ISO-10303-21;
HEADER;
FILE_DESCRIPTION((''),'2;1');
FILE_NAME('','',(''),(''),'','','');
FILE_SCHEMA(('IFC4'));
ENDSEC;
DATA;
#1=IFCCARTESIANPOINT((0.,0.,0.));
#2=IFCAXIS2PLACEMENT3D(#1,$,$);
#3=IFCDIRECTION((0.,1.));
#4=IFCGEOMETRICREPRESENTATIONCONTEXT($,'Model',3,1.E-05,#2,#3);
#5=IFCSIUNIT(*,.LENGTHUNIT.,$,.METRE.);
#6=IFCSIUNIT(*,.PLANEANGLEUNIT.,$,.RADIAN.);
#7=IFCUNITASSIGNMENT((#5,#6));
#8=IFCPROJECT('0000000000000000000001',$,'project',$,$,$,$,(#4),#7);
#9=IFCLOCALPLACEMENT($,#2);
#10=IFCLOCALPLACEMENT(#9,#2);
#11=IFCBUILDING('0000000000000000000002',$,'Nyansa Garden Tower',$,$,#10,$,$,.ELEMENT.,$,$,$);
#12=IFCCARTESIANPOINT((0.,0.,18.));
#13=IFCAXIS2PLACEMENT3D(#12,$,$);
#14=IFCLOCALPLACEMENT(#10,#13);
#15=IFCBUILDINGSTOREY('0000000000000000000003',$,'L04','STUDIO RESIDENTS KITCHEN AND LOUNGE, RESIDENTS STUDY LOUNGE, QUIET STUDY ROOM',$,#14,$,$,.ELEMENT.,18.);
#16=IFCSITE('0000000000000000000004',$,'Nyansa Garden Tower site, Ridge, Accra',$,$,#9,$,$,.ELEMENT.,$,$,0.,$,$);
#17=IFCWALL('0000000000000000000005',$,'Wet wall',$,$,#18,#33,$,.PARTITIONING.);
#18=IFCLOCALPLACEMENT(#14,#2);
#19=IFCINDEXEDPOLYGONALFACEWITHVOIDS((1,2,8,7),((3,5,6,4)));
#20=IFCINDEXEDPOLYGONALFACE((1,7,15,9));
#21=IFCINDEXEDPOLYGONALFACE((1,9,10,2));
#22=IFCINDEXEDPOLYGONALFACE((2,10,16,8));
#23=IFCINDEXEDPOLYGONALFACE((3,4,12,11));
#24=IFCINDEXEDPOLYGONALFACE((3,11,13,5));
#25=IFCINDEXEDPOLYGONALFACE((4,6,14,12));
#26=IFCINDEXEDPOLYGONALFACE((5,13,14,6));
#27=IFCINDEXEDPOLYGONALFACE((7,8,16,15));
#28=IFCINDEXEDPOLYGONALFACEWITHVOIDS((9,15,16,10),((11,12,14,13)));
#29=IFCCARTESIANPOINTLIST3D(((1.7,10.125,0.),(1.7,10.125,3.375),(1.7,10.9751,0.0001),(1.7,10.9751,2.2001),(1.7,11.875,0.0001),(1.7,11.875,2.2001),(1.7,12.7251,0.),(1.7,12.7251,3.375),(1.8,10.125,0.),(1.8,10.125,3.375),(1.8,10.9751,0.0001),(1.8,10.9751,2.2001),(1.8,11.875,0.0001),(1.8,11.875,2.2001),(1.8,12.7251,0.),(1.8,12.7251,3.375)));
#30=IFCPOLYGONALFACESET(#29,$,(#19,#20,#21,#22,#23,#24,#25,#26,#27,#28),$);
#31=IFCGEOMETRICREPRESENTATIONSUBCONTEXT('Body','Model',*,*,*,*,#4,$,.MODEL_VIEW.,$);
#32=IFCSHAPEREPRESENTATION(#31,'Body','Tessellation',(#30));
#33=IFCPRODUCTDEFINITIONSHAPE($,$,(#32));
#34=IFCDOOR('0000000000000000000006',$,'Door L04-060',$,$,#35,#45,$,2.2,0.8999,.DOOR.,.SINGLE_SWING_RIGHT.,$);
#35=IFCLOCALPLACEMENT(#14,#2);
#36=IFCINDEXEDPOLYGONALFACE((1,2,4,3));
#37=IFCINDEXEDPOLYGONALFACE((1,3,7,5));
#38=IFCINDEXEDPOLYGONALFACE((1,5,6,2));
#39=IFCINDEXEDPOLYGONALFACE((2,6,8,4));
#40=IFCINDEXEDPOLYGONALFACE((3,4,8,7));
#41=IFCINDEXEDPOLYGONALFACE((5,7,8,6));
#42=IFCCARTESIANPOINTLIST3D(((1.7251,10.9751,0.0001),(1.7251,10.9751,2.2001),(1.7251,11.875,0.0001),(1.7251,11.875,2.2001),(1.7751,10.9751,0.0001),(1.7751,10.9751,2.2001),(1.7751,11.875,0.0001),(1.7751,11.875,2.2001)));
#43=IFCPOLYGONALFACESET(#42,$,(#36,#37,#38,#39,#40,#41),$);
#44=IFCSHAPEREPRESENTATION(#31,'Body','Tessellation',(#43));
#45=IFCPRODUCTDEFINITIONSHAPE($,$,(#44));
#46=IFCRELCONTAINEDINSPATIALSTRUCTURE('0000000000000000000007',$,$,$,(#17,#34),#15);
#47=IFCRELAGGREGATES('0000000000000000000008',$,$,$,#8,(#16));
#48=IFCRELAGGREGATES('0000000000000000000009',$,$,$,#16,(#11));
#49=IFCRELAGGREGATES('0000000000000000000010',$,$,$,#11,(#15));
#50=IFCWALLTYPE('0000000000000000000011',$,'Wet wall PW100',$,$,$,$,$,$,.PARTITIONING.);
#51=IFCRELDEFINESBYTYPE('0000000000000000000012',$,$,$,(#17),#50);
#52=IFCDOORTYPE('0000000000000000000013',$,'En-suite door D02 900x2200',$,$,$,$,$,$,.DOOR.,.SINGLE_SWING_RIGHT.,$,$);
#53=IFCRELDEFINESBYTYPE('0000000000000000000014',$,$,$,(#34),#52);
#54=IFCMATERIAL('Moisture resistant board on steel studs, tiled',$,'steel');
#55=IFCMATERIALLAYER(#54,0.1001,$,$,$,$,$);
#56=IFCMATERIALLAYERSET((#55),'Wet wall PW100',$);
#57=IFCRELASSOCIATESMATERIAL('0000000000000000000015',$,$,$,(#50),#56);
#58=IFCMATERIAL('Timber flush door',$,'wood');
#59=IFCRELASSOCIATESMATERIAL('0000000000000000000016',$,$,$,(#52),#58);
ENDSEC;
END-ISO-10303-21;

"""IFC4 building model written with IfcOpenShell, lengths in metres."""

from ifc_helpers import new_model, si_unit, direction, frame, frame_2d, origin, place, context, subcontext, project, spatial, rectangle, extrude, material, layer, layer_set, type_object, element, fill, save


model = new_model("IFC4")

# Units and contexts
model_context = context("Model", 3, precision=1e-05, world=origin(), true_north=direction((0.0, 1.0)))
body_context = subcontext(model_context, "Body", "Model", "MODEL_VIEW")
ifc_project = project(units=[si_unit("LENGTHUNIT", "METRE"), si_unit("PLANEANGLEUNIT", "RADIAN")], contexts=[model_context])

# Site, building, storey
site_placement = place(None, origin())
site = spatial("IfcSite", under=ifc_project, at=site_placement, Name="Nyansa Garden Tower site, Ridge, Accra", CompositionType="ELEMENT", RefElevation=0.0)
building_placement = place(site_placement, origin())
building = spatial("IfcBuilding", under=site, at=building_placement, Name="Nyansa Garden Tower", CompositionType="ELEMENT")
storey_placement = place(building_placement, frame((0.0, 0.0, 18.0)))
storey = spatial("IfcBuildingStorey", under=building, at=storey_placement, Name="L04", Description="STUDIO RESIDENTS KITCHEN AND LOUNGE, RESIDENTS STUDY LOUNGE, QUIET STUDY ROOM", CompositionType="ELEMENT", Elevation=18.0)

# Wall, opening, door
ifc_material_1 = material(Name="Moisture resistant board on steel studs, tiled", Category="steel")
ifc_layer_1 = layer(ifc_material_1, 0.1001)
ifc_layer_set_1 = layer_set([ifc_layer_1], Name="Wet wall PW100")
wall_type_1 = type_object("IfcWallType", Name="Wet wall PW100", PredefinedType="PARTITIONING", material=ifc_layer_set_1)
wall_1_placement = place(storey_placement, frame((1.75, 10.125, 0.0), z_axis=(0.0, 0.0, 1.0), x_axis=(0.0, 1.0, 0.0)))
wall_1 = element("IfcWall", 1, at=wall_1_placement, inside=storey, type_object=wall_type_1, Name="Wet wall", PredefinedType="PARTITIONING", context=body_context, shape_type="SweptSolid", body=[
    extrude(rectangle(XDim=2.6001, YDim=0.1001, at=frame_2d((1.3, 0.0))), origin(), (0.0, 0.0, 1.0), 3.375),
])
opening_1_placement = place(wall_1_placement, frame((0.8501, 0.0, 0.0)))
opening_1 = element("IfcOpeningElement", 2, at=opening_1_placement, cuts=wall_1, PredefinedType="OPENING", context=body_context, shape_type="SweptSolid", body=[
    extrude(rectangle(XDim=0.8999, YDim=2.2, at=frame_2d((0.45, 1.1001))), frame((0.0, 0.0601, 0.0), z_axis=(0.0, -1.0, 0.0), x_axis=(1.0, 0.0, 0.0)), (0.0, 0.0, 1.0), 0.1201),
])
ifc_material_2 = material(Name="Timber flush door", Category="wood")
door_type_1 = type_object("IfcDoorType", Name="En-suite door D02 900x2200", OperationType="SINGLE_SWING_RIGHT", PredefinedType="DOOR", material=ifc_material_2)
door_1_placement = place(opening_1_placement, origin())
door_1 = element("IfcDoor", 3, at=door_1_placement, inside=storey, type_object=door_type_1, Name="Door L04-060", OperationType="SINGLE_SWING_RIGHT", OverallHeight=2.2, OverallWidth=0.8999, PredefinedType="DOOR", context=body_context, shape_type="SweptSolid", body=[
    extrude(rectangle(XDim=0.8999, YDim=2.2, at=frame_2d((0.45, 1.1001))), frame((0.0, 0.0249, 0.0), z_axis=(0.0, -1.0, 0.0), x_axis=(1.0, 0.0, 0.0)), (0.0, 0.0, 1.0), 0.05),
])
fill(opening_1, door_1)

save(model, "model.ifc")
